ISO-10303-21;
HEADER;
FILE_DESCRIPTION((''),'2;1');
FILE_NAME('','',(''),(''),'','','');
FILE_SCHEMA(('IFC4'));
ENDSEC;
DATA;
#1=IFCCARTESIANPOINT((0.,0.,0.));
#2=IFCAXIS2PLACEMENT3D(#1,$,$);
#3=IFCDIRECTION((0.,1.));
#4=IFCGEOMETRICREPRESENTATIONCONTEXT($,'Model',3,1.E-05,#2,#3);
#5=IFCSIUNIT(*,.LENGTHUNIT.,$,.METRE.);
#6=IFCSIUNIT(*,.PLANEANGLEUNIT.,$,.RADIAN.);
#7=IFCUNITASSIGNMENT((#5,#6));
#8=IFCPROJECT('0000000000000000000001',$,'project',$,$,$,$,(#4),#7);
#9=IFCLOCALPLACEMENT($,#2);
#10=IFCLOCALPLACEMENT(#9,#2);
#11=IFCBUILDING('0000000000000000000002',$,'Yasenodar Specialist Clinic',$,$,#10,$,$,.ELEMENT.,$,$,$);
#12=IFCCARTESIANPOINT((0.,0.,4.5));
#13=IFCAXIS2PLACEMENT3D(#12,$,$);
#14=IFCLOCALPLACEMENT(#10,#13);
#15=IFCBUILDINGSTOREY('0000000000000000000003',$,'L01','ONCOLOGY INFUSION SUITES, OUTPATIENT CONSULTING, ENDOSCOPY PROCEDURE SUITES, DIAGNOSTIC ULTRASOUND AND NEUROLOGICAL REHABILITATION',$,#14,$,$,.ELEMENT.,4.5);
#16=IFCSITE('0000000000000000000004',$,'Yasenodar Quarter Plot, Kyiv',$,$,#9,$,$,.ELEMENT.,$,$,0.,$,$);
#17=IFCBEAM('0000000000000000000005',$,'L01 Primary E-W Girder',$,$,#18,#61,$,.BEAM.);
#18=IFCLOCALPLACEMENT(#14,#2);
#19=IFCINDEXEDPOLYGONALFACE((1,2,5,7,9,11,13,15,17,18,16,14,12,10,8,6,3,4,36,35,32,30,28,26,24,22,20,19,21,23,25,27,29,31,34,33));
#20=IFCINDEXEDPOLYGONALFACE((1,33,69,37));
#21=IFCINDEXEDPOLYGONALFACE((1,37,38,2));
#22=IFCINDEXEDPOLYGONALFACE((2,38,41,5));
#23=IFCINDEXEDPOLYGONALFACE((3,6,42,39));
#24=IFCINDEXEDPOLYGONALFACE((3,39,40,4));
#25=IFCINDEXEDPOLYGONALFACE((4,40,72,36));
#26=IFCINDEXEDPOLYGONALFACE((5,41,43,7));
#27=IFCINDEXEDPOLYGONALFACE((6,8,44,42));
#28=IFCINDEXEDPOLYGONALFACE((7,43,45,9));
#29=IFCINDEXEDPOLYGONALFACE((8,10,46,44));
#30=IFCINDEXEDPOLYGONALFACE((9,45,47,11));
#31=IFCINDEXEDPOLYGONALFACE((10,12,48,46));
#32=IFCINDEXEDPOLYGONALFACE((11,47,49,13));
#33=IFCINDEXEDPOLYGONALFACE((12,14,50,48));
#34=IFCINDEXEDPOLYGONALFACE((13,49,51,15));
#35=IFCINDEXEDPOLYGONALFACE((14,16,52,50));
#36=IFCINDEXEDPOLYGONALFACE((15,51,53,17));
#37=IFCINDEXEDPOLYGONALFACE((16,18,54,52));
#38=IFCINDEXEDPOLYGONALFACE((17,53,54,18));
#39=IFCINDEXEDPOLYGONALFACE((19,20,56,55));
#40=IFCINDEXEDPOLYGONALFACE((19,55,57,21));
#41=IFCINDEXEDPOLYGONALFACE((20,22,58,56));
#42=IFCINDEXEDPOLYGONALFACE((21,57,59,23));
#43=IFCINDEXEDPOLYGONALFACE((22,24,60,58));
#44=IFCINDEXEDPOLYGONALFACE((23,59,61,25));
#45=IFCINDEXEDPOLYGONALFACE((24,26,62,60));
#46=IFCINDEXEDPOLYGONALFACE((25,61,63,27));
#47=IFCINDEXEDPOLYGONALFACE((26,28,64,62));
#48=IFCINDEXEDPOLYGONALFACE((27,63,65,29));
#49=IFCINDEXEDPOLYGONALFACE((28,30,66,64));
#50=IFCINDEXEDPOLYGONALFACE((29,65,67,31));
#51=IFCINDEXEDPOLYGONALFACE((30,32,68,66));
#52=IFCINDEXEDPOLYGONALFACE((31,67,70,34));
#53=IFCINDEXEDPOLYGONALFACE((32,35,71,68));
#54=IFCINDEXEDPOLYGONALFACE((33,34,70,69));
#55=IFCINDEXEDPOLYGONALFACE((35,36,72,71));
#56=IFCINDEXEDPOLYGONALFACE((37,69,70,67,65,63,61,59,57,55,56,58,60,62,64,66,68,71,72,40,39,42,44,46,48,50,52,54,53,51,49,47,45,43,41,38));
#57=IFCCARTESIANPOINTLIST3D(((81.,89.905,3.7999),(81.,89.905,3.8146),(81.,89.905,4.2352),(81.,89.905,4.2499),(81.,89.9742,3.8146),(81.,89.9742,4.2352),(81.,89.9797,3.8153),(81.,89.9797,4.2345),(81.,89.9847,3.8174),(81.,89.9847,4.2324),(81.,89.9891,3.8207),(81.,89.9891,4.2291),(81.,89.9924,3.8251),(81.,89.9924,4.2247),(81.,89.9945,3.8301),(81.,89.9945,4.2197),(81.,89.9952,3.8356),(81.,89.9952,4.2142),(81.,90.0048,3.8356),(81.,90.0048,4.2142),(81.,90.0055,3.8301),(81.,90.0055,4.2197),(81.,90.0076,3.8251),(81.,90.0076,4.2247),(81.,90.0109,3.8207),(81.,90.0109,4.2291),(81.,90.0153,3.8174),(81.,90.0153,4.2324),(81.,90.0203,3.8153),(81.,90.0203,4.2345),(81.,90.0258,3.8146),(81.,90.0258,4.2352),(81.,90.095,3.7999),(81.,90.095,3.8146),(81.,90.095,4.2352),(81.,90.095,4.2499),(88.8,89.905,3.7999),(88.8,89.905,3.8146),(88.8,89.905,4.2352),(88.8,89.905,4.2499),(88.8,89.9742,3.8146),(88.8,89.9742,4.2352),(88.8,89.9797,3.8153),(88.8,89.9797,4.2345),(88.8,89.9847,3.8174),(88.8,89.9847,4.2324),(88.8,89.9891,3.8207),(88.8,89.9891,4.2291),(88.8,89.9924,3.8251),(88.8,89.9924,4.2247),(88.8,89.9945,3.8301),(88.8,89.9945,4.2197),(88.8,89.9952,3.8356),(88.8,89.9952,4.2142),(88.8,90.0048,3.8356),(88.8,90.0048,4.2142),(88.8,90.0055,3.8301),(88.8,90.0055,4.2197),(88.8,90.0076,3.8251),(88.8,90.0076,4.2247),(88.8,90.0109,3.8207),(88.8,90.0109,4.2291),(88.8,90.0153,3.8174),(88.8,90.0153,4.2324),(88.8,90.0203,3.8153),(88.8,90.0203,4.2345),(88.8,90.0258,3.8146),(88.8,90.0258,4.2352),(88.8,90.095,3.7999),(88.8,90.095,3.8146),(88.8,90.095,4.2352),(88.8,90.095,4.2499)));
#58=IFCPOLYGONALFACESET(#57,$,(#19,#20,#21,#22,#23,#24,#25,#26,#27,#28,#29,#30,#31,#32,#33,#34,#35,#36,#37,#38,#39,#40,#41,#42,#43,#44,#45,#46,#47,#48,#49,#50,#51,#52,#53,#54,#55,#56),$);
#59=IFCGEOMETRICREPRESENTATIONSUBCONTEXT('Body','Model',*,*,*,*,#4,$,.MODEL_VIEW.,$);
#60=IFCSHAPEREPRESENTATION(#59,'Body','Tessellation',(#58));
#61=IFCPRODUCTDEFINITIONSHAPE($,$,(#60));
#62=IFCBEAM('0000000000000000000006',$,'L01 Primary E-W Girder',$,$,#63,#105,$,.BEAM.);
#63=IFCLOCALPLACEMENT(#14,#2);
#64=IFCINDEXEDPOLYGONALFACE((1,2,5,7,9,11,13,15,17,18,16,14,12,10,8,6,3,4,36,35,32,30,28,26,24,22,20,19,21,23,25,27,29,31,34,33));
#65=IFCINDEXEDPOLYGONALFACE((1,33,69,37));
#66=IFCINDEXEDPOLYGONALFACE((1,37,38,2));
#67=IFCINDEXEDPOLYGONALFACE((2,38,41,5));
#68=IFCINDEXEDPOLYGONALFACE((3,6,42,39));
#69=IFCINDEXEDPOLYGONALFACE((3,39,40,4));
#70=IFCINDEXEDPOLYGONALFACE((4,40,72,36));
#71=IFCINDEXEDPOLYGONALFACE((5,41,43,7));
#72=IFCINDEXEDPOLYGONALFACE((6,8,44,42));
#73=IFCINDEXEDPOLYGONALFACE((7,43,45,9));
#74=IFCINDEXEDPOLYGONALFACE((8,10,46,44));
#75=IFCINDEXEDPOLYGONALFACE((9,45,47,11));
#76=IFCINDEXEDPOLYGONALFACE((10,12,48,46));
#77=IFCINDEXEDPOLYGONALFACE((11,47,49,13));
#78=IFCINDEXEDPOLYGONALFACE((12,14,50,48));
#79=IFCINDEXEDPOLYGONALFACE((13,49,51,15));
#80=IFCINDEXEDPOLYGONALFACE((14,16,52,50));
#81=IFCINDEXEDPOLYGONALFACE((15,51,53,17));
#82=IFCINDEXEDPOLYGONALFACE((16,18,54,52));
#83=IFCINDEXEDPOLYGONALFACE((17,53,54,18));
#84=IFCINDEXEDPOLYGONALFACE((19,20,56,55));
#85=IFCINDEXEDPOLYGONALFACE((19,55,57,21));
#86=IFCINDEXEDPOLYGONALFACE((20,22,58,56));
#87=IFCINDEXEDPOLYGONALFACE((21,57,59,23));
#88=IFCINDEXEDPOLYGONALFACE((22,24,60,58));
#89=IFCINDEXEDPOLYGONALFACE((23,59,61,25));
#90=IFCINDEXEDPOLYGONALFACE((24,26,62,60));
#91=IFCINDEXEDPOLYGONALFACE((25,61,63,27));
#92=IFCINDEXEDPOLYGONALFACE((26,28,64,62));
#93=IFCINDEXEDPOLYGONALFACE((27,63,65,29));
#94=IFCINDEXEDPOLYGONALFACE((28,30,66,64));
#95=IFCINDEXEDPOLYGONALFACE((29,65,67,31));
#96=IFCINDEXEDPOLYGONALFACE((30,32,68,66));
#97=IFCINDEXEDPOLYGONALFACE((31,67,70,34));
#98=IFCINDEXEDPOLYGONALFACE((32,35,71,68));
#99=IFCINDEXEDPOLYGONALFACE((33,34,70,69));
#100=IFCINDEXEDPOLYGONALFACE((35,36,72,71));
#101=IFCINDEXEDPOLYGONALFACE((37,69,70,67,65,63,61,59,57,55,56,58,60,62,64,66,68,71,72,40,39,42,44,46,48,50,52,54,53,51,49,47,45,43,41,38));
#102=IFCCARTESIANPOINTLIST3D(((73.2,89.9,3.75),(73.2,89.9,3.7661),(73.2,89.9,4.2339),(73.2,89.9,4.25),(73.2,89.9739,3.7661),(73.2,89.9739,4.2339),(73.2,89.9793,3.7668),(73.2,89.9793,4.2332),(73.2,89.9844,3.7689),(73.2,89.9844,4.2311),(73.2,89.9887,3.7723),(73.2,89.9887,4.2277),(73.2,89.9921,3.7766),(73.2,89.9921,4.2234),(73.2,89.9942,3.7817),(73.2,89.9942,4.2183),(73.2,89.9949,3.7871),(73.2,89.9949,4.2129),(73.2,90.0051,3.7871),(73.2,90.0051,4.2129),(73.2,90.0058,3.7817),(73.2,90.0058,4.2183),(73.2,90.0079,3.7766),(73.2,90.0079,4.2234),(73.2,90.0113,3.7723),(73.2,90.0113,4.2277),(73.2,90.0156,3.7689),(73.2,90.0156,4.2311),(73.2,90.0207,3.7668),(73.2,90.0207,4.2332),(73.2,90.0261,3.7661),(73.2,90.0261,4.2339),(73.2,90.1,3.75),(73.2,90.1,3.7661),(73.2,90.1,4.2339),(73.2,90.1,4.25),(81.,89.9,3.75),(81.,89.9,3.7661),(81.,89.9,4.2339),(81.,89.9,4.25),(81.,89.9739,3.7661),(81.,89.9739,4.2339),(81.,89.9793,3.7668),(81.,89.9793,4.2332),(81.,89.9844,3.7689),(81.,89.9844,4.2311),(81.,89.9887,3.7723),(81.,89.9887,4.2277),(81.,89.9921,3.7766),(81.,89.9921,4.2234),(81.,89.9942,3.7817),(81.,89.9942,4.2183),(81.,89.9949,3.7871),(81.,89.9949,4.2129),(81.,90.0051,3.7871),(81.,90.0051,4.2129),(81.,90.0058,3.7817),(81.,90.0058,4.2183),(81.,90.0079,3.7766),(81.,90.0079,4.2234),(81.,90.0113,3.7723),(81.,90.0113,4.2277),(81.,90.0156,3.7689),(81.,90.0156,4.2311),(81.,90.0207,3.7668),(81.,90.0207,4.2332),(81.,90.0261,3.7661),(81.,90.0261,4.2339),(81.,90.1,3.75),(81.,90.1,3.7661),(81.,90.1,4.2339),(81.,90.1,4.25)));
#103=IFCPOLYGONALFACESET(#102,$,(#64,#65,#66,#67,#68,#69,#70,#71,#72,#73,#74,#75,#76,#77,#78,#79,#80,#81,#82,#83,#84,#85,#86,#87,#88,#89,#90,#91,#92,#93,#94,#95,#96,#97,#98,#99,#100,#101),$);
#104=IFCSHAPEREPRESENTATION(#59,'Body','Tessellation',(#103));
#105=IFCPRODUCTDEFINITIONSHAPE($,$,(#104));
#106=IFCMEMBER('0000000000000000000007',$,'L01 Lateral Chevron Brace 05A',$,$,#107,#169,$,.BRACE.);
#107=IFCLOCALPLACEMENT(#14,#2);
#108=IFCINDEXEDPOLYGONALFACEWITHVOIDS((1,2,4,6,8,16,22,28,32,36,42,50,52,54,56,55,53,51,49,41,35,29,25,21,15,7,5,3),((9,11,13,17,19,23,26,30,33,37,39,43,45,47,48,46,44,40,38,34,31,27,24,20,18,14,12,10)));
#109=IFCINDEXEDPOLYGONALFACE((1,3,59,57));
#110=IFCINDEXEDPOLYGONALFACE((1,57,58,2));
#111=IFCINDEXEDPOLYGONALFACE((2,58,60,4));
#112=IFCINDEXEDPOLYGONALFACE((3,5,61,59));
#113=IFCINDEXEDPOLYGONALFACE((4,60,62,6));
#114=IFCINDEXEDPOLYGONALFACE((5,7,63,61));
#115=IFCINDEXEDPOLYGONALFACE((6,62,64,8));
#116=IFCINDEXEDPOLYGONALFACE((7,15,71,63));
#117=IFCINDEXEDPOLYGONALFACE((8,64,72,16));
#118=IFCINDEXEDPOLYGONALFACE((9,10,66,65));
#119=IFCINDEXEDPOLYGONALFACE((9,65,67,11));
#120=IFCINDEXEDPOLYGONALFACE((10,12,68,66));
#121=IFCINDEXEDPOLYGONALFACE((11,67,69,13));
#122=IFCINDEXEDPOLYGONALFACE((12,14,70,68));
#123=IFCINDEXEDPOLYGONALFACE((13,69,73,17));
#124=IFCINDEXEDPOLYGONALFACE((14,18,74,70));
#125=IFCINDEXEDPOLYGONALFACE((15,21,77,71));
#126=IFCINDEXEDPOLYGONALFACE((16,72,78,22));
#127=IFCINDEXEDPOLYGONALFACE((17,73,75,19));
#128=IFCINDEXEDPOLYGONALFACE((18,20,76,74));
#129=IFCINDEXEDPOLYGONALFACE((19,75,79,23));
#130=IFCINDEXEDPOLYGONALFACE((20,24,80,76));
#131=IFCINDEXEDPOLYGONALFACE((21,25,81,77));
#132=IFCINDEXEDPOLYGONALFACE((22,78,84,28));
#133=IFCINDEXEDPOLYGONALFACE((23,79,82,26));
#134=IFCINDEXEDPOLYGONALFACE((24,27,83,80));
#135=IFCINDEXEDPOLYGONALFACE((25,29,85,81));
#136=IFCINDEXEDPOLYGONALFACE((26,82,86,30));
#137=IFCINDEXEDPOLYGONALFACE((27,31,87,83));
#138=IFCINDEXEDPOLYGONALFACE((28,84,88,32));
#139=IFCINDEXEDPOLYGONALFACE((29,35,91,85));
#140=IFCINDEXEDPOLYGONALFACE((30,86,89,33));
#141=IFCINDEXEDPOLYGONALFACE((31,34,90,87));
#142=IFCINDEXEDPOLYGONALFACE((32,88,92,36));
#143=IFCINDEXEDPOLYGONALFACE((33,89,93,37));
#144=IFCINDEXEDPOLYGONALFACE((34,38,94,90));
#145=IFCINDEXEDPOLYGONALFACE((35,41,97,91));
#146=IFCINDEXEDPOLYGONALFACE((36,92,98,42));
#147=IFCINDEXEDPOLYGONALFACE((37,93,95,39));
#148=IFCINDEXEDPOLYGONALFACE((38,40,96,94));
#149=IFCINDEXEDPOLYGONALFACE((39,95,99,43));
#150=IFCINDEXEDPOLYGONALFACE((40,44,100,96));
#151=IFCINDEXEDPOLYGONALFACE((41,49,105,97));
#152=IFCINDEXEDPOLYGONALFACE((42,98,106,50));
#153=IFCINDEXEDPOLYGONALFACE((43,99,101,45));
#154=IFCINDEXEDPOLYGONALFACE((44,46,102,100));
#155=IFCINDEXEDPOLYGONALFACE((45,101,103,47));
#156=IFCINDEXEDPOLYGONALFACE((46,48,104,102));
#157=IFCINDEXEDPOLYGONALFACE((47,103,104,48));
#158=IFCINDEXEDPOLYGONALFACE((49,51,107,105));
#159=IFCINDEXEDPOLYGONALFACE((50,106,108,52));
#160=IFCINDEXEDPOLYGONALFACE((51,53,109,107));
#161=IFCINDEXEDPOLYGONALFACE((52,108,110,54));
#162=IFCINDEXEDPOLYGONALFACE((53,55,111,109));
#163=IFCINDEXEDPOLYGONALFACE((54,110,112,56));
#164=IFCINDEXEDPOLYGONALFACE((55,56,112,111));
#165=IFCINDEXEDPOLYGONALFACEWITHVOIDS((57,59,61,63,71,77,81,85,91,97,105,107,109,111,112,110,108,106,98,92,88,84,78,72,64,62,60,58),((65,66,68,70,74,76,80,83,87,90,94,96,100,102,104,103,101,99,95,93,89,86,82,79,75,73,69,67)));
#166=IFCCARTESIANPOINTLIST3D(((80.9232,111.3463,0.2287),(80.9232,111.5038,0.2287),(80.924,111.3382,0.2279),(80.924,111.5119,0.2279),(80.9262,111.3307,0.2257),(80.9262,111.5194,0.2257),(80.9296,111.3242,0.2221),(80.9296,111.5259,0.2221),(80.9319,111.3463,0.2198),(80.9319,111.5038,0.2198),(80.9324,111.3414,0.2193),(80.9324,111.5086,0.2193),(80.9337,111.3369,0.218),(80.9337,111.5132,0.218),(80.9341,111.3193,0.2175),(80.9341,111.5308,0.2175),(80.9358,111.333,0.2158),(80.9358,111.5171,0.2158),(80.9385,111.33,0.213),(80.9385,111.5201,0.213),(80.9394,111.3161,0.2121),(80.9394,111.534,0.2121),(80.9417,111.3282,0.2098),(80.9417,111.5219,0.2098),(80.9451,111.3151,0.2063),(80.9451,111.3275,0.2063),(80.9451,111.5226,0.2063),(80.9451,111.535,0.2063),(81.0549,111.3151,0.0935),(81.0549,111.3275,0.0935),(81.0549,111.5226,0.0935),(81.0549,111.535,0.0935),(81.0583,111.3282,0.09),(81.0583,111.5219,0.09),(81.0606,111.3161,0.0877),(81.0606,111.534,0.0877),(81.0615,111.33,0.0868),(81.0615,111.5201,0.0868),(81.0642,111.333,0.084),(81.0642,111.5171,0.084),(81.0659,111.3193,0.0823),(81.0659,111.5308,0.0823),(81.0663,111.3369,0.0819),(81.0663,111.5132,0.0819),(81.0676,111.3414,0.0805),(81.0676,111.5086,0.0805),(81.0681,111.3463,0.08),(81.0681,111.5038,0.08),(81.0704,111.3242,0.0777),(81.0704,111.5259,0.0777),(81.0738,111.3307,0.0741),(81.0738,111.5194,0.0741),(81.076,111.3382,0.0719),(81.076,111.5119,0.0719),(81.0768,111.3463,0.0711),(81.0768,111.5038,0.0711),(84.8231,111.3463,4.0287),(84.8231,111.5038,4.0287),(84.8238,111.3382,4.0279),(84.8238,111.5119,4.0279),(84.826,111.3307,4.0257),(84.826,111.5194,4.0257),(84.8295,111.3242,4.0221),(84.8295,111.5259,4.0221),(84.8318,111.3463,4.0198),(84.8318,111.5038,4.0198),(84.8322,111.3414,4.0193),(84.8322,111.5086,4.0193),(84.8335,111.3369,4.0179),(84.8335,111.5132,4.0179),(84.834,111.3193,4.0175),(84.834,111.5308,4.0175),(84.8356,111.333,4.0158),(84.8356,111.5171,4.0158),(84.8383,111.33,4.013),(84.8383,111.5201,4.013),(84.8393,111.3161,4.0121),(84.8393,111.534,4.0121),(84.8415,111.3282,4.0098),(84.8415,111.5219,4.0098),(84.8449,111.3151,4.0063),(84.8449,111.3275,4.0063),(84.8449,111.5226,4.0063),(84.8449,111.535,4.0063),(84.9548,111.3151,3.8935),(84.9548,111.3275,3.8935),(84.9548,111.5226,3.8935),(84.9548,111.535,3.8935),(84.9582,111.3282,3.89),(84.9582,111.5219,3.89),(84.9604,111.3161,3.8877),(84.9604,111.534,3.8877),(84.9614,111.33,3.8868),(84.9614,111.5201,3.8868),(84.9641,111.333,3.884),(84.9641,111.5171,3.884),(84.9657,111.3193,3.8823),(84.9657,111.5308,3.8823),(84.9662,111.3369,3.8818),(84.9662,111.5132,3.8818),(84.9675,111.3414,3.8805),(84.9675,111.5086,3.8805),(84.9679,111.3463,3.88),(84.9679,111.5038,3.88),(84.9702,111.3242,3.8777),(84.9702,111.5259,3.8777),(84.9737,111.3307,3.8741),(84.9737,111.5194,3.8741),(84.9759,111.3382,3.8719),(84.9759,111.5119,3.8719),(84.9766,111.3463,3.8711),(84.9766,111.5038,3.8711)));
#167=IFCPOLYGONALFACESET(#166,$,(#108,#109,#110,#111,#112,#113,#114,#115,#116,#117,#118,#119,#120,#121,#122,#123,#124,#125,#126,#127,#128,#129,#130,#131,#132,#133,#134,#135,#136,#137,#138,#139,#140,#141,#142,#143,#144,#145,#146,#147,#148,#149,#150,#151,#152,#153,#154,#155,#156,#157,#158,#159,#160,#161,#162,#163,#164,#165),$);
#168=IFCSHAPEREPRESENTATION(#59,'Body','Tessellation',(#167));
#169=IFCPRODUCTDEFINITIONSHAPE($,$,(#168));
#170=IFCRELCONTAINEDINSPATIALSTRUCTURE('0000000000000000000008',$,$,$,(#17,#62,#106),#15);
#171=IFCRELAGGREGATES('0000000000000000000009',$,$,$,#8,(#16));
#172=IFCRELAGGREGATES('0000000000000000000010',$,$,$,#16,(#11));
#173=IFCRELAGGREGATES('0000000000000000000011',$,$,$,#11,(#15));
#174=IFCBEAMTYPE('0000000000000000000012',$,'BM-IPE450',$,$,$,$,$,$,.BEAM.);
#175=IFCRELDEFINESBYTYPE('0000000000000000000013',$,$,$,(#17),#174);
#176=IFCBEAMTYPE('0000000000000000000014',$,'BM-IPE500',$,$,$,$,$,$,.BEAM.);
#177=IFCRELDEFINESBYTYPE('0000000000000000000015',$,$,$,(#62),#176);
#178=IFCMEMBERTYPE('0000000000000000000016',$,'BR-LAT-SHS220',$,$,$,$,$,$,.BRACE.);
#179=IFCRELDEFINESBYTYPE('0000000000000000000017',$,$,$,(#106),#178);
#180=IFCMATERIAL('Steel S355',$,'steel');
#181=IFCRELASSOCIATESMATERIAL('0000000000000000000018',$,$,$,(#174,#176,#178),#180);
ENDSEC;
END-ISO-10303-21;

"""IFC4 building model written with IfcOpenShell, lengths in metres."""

from ifc_helpers import new_model, si_unit, direction, frame, origin, origin_2d, place, context, subcontext, project, spatial, hollow_rectangle, i_section, extrude, material, material_profile, profile_set, type_object, element, save


model = new_model("IFC4")

# Units and contexts
model_context = context("Model", 3, precision=1e-05, world=origin(), true_north=direction((0.0, 1.0)))
body_context = subcontext(model_context, "Body", "Model", "MODEL_VIEW")
ifc_project = project(units=[si_unit("LENGTHUNIT", "METRE"), si_unit("PLANEANGLEUNIT", "RADIAN")], contexts=[model_context])

# Site, building, storey
site_placement = place(None, origin())
site = spatial("IfcSite", under=ifc_project, at=site_placement, Name="Yasenodar Quarter Plot, Kyiv", CompositionType="ELEMENT", RefElevation=0.0)
building_placement = place(site_placement, origin())
building = spatial("IfcBuilding", under=site, at=building_placement, Name="Yasenodar Specialist Clinic", CompositionType="ELEMENT")
storey_placement = place(building_placement, frame((0.0, 0.0, 4.5)))
storey = spatial("IfcBuildingStorey", under=building, at=storey_placement, Name="L01", Description="ONCOLOGY INFUSION SUITES, OUTPATIENT CONSULTING, ENDOSCOPY PROCEDURE SUITES, DIAGNOSTIC ULTRASOUND AND NEUROLOGICAL REHABILITATION", CompositionType="ELEMENT", Elevation=4.5)

# Shared definitions
ifc_material_1 = material(Name="Steel S355", Category="steel")

# Beams
ifc_material_profile_1 = material_profile(ifc_material_1, i_section(OverallWidth=0.1899, OverallDepth=0.45, WebThickness=0.0095, FlangeThickness=0.0146, FilletRadius=0.021, at=origin_2d()), Name="IPE 450")
ifc_profile_set_1 = profile_set([ifc_material_profile_1], Name="Steel S355")
beam_type_1 = type_object("IfcBeamType", Name="BM-IPE450", PredefinedType="BEAM", material=ifc_profile_set_1)
beam_1_placement = place(storey_placement, frame((81.0, 90.0, 4.0249), z_axis=(1.0, 0.0, 0.0), x_axis=(0.0, 1.0, 0.0)))
element("IfcBeam", 1, at=beam_1_placement, inside=storey, type_object=beam_type_1, Name="L01 Primary E-W Girder", PredefinedType="BEAM", context=body_context, shape_type="SweptSolid", body=[
    extrude(i_section(OverallWidth=0.1899, OverallDepth=0.45, WebThickness=0.0095, FlangeThickness=0.0146, FilletRadius=0.021, at=origin_2d()), origin(), (0.0, 0.0, 1.0), 7.8),
])
ifc_material_profile_2 = material_profile(ifc_material_1, i_section(OverallWidth=0.2, OverallDepth=0.5, WebThickness=0.0103, FlangeThickness=0.0161, FilletRadius=0.021, at=origin_2d()), Name="IPE 500")
ifc_profile_set_2 = profile_set([ifc_material_profile_2], Name="Steel S355")
beam_type_2 = type_object("IfcBeamType", Name="BM-IPE500", PredefinedType="BEAM", material=ifc_profile_set_2)
beam_2_placement = place(storey_placement, frame((73.2, 90.0, 4.0), z_axis=(1.0, 0.0, 0.0), x_axis=(0.0, 1.0, 0.0)))
element("IfcBeam", 2, at=beam_2_placement, inside=storey, type_object=beam_type_2, Name="L01 Primary E-W Girder", PredefinedType="BEAM", context=body_context, shape_type="SweptSolid", body=[
    extrude(i_section(OverallWidth=0.2, OverallDepth=0.5, WebThickness=0.0103, FlangeThickness=0.0161, FilletRadius=0.021, at=origin_2d()), origin(), (0.0, 0.0, 1.0), 7.8),
])

# Member
ifc_material_profile_3 = material_profile(ifc_material_1, hollow_rectangle(XDim=0.22, YDim=0.22, WallThickness=0.0125, InnerFilletRadius=0.0188, OuterFilletRadius=0.0312, at=origin_2d()), Name="SHS 220x220x12.5")
ifc_profile_set_3 = profile_set([ifc_material_profile_3], Name="Steel S355")
member_type = type_object("IfcMemberType", Name="BR-LAT-SHS220", PredefinedType="BRACE", material=ifc_profile_set_3)
member_placement = place(storey_placement, frame((81.0, 111.425, 0.1499), z_axis=(0.716216, 0.0, 0.697878), x_axis=(0.0, 1.0, 0.0)))
element("IfcMember", 3, at=member_placement, inside=storey, type_object=member_type, Name="L01 Lateral Chevron Brace 05A", PredefinedType="BRACE", context=body_context, shape_type="SweptSolid", body=[
    extrude(hollow_rectangle(XDim=0.22, YDim=0.22, WallThickness=0.0125, InnerFilletRadius=0.0188, OuterFilletRadius=0.0312, at=origin_2d()), origin(), (0.0, 0.0, 1.0), 5.4451),
])

save(model, "model.ifc")
